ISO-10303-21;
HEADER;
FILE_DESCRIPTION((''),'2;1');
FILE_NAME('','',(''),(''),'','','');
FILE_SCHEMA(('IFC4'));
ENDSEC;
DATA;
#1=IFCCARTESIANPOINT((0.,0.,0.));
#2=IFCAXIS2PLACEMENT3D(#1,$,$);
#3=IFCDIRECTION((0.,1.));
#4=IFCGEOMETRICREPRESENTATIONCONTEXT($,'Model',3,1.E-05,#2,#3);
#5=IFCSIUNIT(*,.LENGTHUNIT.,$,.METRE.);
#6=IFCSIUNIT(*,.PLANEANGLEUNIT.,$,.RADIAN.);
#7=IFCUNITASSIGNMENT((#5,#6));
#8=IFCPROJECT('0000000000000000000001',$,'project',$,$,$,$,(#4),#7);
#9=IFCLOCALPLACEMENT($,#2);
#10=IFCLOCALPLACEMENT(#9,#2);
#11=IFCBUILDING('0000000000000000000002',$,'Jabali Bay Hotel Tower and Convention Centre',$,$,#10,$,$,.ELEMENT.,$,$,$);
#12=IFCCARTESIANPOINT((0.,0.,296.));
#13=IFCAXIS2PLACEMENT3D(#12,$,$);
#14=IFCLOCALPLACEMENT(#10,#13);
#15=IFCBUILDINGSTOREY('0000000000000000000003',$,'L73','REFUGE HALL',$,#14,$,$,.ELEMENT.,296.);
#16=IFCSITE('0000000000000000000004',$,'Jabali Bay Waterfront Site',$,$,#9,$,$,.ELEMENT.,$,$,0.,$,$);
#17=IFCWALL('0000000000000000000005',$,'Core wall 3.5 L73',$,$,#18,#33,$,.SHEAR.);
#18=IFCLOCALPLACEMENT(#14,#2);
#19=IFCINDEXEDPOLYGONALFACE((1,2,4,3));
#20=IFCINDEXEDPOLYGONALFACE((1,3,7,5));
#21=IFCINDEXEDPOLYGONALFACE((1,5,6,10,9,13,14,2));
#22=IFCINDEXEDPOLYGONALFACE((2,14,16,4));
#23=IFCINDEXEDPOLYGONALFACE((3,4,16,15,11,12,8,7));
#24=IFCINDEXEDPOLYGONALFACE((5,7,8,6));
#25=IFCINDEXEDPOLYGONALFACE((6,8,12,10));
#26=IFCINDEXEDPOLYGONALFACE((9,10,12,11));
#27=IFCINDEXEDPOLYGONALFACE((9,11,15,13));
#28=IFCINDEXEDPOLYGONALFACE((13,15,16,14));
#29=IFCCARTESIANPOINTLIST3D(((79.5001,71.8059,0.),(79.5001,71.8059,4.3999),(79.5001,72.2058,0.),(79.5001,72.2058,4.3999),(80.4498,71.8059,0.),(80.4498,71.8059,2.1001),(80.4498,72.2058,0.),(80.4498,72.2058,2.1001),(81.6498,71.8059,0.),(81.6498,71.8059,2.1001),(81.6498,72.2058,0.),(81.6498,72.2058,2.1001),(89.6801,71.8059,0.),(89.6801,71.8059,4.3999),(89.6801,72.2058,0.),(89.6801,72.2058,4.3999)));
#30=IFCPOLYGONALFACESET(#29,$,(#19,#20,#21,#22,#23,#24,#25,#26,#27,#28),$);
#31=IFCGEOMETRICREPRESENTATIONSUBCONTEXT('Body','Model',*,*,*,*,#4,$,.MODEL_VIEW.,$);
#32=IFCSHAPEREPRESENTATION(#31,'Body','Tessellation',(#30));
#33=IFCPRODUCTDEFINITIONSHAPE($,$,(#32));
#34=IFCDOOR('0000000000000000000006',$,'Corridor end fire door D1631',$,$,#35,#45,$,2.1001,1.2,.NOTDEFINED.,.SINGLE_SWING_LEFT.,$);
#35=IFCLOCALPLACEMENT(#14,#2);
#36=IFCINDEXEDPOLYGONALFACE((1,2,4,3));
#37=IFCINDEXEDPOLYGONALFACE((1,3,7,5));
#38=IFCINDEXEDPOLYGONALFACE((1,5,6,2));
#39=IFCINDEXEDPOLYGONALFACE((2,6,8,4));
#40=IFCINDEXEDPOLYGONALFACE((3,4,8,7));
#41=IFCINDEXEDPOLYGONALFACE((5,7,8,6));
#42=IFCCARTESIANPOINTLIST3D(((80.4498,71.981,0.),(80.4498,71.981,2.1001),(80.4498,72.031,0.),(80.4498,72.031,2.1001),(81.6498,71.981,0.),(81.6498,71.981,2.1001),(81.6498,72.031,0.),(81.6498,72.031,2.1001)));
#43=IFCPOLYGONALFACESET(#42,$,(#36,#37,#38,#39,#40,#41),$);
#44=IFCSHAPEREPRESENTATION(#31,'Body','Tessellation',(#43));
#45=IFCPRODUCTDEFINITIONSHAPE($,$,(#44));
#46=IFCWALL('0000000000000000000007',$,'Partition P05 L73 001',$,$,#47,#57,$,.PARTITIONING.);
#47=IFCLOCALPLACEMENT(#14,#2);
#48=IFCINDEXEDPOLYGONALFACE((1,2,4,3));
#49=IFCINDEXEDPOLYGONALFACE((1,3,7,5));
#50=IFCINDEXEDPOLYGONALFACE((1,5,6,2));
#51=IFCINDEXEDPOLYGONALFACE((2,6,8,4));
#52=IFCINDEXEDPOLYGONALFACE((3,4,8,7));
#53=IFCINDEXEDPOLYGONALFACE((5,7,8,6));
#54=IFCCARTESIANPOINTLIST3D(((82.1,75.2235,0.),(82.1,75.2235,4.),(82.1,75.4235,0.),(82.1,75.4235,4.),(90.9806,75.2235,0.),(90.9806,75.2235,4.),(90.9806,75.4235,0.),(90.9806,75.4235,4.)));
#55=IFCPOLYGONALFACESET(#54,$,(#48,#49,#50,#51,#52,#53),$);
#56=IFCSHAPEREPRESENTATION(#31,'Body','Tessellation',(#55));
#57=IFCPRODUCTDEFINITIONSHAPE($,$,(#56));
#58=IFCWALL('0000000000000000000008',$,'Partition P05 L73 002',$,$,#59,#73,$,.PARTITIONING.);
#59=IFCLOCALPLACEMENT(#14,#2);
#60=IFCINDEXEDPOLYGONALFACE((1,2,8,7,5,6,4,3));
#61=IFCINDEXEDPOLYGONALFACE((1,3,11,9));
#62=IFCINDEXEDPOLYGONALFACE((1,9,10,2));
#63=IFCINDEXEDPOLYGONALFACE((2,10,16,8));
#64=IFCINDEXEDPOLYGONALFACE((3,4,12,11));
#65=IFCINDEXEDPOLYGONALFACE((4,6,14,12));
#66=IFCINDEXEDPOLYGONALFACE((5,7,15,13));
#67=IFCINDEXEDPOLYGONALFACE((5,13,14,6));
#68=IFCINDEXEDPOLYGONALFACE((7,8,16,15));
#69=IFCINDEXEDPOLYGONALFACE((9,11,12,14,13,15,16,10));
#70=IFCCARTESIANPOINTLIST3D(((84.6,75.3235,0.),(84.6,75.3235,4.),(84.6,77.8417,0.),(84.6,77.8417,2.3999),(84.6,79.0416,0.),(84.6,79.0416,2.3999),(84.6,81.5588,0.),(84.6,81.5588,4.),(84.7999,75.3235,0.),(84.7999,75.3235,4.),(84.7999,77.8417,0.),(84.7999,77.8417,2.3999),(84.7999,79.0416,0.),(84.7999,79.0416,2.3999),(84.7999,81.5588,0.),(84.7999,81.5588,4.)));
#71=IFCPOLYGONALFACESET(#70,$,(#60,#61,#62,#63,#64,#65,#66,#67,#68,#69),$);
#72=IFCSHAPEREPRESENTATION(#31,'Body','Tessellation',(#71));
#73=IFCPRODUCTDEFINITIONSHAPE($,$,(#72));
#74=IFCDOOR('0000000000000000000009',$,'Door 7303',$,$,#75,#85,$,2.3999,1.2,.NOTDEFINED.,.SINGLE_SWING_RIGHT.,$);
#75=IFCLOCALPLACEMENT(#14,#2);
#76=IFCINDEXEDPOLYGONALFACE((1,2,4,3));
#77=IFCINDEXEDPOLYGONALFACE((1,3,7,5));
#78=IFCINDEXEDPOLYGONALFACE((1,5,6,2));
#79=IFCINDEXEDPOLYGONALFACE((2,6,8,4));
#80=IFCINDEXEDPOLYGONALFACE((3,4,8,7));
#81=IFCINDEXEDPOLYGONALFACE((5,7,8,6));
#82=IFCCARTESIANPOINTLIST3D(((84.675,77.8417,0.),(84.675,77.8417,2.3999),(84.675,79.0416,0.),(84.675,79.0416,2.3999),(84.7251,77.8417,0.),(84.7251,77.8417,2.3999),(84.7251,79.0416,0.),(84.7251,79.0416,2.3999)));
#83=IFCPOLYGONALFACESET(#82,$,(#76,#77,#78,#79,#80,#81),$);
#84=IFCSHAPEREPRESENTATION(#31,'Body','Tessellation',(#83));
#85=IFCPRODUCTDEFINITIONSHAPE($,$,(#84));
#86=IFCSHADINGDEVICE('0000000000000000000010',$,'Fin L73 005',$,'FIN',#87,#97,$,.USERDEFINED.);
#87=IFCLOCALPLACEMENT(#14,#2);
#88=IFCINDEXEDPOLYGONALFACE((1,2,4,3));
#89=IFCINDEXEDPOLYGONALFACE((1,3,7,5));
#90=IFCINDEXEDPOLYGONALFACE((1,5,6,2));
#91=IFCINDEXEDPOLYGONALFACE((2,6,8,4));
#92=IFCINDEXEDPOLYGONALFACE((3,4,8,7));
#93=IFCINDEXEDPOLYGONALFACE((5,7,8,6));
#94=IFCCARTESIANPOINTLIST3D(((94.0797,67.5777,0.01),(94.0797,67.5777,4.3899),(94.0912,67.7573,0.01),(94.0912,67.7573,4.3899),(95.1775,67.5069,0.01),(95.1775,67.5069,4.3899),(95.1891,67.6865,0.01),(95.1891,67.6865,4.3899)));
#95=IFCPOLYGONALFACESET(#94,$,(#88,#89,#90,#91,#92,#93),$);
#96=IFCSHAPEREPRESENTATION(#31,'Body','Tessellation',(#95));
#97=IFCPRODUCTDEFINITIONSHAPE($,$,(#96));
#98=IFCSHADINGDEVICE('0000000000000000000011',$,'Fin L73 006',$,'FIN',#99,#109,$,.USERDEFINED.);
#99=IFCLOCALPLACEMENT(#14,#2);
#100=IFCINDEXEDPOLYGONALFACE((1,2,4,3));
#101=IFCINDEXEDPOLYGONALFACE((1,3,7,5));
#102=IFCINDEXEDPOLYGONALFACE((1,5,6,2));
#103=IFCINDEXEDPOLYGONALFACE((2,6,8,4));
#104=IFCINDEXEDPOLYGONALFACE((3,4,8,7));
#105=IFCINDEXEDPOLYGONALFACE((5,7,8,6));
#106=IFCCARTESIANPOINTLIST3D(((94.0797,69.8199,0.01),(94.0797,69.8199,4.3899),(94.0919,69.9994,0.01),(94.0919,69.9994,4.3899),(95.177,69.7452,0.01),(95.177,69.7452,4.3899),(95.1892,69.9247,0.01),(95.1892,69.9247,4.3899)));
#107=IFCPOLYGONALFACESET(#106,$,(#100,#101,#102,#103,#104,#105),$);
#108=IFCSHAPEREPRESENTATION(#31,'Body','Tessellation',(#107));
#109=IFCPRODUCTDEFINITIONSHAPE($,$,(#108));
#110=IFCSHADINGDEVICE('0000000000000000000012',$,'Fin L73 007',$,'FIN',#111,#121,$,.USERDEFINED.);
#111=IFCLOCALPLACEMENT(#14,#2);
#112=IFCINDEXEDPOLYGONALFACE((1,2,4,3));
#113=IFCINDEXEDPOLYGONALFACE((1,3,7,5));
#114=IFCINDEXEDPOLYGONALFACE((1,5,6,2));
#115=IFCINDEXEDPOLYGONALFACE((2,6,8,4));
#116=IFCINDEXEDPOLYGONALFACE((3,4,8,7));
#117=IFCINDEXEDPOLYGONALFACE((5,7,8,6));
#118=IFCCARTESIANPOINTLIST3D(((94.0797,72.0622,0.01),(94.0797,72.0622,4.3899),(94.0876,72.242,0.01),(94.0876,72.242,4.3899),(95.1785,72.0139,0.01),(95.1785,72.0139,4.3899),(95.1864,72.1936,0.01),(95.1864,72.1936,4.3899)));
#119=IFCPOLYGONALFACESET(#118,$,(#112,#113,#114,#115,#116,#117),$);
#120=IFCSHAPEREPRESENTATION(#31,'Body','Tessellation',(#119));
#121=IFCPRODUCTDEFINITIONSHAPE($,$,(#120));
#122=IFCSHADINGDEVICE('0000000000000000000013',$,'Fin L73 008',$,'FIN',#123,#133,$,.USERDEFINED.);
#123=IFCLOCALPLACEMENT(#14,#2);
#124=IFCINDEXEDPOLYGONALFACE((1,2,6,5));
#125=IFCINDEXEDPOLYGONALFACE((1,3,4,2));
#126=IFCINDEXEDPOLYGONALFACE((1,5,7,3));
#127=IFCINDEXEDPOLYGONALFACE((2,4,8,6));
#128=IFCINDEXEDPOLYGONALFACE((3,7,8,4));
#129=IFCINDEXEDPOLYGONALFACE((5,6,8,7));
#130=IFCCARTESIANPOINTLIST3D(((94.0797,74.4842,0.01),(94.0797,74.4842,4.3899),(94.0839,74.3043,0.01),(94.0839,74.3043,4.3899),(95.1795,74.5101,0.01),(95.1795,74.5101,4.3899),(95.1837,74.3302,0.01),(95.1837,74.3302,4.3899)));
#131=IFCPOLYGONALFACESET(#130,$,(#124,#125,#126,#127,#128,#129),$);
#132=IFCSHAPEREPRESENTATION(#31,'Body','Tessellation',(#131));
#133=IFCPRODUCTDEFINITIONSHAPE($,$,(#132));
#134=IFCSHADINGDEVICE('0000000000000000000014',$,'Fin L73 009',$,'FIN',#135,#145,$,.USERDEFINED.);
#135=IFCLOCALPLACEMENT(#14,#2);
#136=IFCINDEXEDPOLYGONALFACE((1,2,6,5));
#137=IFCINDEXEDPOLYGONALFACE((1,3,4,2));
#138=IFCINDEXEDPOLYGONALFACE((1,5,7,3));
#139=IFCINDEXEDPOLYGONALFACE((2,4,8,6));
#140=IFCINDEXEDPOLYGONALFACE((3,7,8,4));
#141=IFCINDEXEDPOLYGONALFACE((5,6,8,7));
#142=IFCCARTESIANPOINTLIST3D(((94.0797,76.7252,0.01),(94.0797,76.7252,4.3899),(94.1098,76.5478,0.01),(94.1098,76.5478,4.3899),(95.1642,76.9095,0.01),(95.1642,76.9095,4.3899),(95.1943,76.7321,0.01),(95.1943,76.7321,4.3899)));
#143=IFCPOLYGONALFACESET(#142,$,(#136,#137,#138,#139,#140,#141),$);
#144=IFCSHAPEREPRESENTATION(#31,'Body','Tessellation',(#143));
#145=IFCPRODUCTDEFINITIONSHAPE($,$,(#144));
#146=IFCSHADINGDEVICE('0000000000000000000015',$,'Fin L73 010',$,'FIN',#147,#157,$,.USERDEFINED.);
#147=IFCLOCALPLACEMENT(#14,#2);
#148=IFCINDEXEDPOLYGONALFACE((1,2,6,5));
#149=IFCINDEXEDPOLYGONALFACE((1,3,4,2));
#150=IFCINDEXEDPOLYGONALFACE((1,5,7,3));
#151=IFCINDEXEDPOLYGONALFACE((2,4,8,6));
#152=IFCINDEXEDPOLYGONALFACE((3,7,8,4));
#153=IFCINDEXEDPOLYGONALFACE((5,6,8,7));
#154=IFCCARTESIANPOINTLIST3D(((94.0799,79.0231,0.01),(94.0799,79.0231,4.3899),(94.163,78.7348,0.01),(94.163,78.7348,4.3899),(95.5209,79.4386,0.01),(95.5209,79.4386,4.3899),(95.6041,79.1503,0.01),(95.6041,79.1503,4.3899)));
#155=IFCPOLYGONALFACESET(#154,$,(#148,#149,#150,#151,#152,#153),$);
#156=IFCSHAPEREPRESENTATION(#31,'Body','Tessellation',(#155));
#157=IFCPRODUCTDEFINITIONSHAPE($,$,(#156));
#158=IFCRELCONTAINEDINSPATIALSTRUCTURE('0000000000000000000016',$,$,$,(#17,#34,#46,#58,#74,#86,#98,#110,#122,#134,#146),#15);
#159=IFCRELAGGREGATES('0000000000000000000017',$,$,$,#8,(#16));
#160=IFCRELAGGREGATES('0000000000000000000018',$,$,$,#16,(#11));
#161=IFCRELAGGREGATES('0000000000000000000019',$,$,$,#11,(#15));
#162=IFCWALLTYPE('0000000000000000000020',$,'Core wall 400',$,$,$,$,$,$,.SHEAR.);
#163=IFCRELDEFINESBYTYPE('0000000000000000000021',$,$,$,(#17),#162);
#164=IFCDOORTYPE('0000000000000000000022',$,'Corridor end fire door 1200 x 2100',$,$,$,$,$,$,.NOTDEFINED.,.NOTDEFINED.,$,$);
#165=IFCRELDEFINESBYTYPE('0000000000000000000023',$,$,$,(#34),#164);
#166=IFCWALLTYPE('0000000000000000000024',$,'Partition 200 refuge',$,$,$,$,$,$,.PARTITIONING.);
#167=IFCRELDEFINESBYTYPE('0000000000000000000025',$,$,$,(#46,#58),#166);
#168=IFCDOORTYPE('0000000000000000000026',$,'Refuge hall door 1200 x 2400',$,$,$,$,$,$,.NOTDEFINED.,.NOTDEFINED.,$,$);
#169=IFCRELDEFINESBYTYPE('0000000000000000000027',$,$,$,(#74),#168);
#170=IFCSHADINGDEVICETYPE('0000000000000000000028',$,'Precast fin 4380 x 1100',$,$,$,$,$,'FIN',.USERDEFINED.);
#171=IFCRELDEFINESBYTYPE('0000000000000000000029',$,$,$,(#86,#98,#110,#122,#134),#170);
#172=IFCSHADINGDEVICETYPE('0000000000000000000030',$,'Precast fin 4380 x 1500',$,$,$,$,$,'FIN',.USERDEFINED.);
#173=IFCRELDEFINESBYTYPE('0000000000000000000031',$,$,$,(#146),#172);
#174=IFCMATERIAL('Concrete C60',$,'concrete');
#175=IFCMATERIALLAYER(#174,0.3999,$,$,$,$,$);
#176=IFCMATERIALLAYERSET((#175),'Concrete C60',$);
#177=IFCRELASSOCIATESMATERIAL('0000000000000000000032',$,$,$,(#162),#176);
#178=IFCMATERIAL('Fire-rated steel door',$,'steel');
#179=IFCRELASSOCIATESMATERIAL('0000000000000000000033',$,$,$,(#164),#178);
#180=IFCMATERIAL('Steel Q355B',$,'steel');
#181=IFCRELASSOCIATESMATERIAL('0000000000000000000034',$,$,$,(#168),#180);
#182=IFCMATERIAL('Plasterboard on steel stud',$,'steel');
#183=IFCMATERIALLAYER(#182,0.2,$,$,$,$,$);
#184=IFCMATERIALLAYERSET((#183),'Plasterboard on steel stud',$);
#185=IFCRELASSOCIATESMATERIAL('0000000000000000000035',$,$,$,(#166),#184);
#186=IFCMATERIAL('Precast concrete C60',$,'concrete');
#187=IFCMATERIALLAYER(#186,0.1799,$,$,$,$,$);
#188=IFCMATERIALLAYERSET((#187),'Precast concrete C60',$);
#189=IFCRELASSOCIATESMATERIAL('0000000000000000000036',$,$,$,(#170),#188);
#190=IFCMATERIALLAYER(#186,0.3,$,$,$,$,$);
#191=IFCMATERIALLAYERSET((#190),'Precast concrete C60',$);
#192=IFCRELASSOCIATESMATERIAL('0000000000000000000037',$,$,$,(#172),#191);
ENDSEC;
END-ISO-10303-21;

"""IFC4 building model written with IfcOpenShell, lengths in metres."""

from ifc_helpers import new_model, si_unit, direction, frame, frame_2d, origin, place, context, subcontext, project, spatial, rectangle, extrude, material, layer, layer_set, type_object, element, fill, save


model = new_model("IFC4")

# Units and contexts
model_context = context("Model", 3, precision=1e-05, world=origin(), true_north=direction((0.0, 1.0)))
body_context = subcontext(model_context, "Body", "Model", "MODEL_VIEW")
ifc_project = project(units=[si_unit("LENGTHUNIT", "METRE"), si_unit("PLANEANGLEUNIT", "RADIAN")], contexts=[model_context])

# Site, building, storey
site_placement = place(None, origin())
site = spatial("IfcSite", under=ifc_project, at=site_placement, Name="Jabali Bay Waterfront Site", CompositionType="ELEMENT", RefElevation=0.0)
building_placement = place(site_placement, origin())
building = spatial("IfcBuilding", under=site, at=building_placement, Name="Jabali Bay Hotel Tower and Convention Centre", CompositionType="ELEMENT")
storey_placement = place(building_placement, frame((0.0, 0.0, 296.0)))
storey = spatial("IfcBuildingStorey", under=building, at=storey_placement, Name="L73", Description="REFUGE HALL", CompositionType="ELEMENT", Elevation=296.0)

# Shared definitions
ifc_material_1 = material(Name="Concrete C60", Category="concrete")

# Shared definitions
ifc_material_2 = material(Name="Fire-rated steel door", Category="steel")

# Wall, opening, door
ifc_layer_1 = layer(ifc_material_1, 0.3999)
ifc_layer_set_1 = layer_set([ifc_layer_1], Name="Concrete C60")
wall_type_1 = type_object("IfcWallType", Name="Core wall 400", PredefinedType="SHEAR", material=ifc_layer_set_1)
wall_1_placement = place(storey_placement, frame((89.6799, 72.0059, 0.0), z_axis=(0.0, 0.0, 1.0), x_axis=(-1.0, 0.0, 0.0)))
wall_1 = element("IfcWall", 1, at=wall_1_placement, inside=storey, type_object=wall_type_1, Name="Core wall 3.5 L73", PredefinedType="SHEAR", context=body_context, shape_type="SweptSolid", body=[
    extrude(rectangle(XDim=10.1799, YDim=0.3999, at=frame_2d((5.0898, 0.0))), origin(), (0.0, 0.0, 1.0), 4.3999),
])
opening_1_placement = place(wall_1_placement, frame((8.03, 0.0, 0.0)))
opening_1 = element("IfcOpeningElement", 2, at=opening_1_placement, cuts=wall_1, PredefinedType="OPENING", context=body_context, shape_type="SweptSolid", body=[
    extrude(rectangle(XDim=1.2, YDim=2.1001, at=frame_2d((0.6001, 1.05))), frame((0.0, 0.2104, 0.0), z_axis=(0.0, -1.0, 0.0), x_axis=(1.0, 0.0, 0.0)), (0.0, 0.0, 1.0), 0.4209),
])
door_type_1 = type_object("IfcDoorType", Name="Corridor end fire door 1200 x 2100", OperationType="NOTDEFINED", PredefinedType="NOTDEFINED", material=ifc_material_2)
door_1_placement = place(opening_1_placement, origin())
door_1 = element("IfcDoor", 3, at=door_1_placement, inside=storey, type_object=door_type_1, Name="Corridor end fire door D1631", OperationType="SINGLE_SWING_LEFT", OverallHeight=2.1001, OverallWidth=1.2, PredefinedType="NOTDEFINED", context=body_context, shape_type="SweptSolid", body=[
    extrude(rectangle(XDim=1.2, YDim=2.1001, at=frame_2d((0.6001, 1.05))), frame((0.0, 0.0249, 0.0), z_axis=(0.0, -1.0, 0.0), x_axis=(1.0, 0.0, 0.0)), (0.0, 0.0, 1.0), 0.05),
])
fill(opening_1, door_1)

# Shared definitions
ifc_material_3 = material(Name="Steel Q355B", Category="steel")
door_type_2 = type_object("IfcDoorType", Name="Refuge hall door 1200 x 2400", OperationType="NOTDEFINED", PredefinedType="NOTDEFINED", material=ifc_material_3)

# Wall
ifc_material_4 = material(Name="Plasterboard on steel stud", Category="steel")
ifc_layer_2 = layer(ifc_material_4, 0.2)
ifc_layer_set_2 = layer_set([ifc_layer_2], Name="Plasterboard on steel stud")
wall_type_2 = type_object("IfcWallType", Name="Partition 200 refuge", PredefinedType="PARTITIONING", material=ifc_layer_set_2)
wall_2_placement = place(storey_placement, frame((90.9807, 75.3235, 0.0), z_axis=(0.0, 0.0, 1.0), x_axis=(-1.0, 0.0, 0.0)))
element("IfcWall", 4, at=wall_2_placement, inside=storey, type_object=wall_type_2, Name="Partition P05 L73 001", PredefinedType="PARTITIONING", context=body_context, shape_type="SweptSolid", body=[
    extrude(rectangle(XDim=8.8806, YDim=0.2, at=frame_2d((4.4404, 0.0))), origin(), (0.0, 0.0, 1.0), 4.0),
])

# Wall, opening, door
wall_3_placement = place(storey_placement, frame((84.7, 75.3235, 0.0), z_axis=(0.0, 0.0, 1.0), x_axis=(0.0, 1.0, 0.0)))
wall_3 = element("IfcWall", 5, at=wall_3_placement, inside=storey, type_object=wall_type_2, Name="Partition P05 L73 002", PredefinedType="PARTITIONING", context=body_context, shape_type="SweptSolid", body=[
    extrude(rectangle(XDim=6.2354, YDim=0.2, at=frame_2d((3.1177, 0.0))), origin(), (0.0, 0.0, 1.0), 4.0),
])
opening_2_placement = place(wall_3_placement, frame((2.5181, 0.0, 0.0)))
opening_2 = element("IfcOpeningElement", 6, at=opening_2_placement, cuts=wall_3, PredefinedType="OPENING", context=body_context, shape_type="SweptSolid", body=[
    extrude(rectangle(XDim=1.2, YDim=2.3999, at=frame_2d((0.6001, 1.2))), frame((0.0, 0.1104, 0.0), z_axis=(0.0, -1.0, 0.0), x_axis=(1.0, 0.0, 0.0)), (0.0, 0.0, 1.0), 0.2209),
])
door_2_placement = place(opening_2_placement, origin())
door_2 = element("IfcDoor", 7, at=door_2_placement, inside=storey, type_object=door_type_2, Name="Door 7303", OperationType="SINGLE_SWING_RIGHT", OverallHeight=2.3999, OverallWidth=1.2, PredefinedType="NOTDEFINED", context=body_context, shape_type="SweptSolid", body=[
    extrude(rectangle(XDim=1.2, YDim=2.3999, at=frame_2d((0.6001, 1.2))), frame((0.0, 0.0249, 0.0), z_axis=(0.0, -1.0, 0.0), x_axis=(1.0, 0.0, 0.0)), (0.0, 0.0, 1.0), 0.05),
])
fill(opening_2, door_2)

# Shading devices
ifc_material_5 = material(Name="Precast concrete C60", Category="concrete")
ifc_layer_3 = layer(ifc_material_5, 0.1799)
ifc_layer_set_3 = layer_set([ifc_layer_3], Name="Precast concrete C60")
shading_device_type_1 = type_object("IfcShadingDeviceType", Name="Precast fin 4380 x 1100", ElementType="FIN", PredefinedType="USERDEFINED", material=ifc_layer_set_3)
shading_device_1_placement = place(storey_placement, frame((94.0854, 67.6675, 0.01), z_axis=(0.0, 0.0, 1.0), x_axis=(0.997927, -0.064354, 0.0)))
element("IfcShadingDevice", 8, at=shading_device_1_placement, inside=storey, type_object=shading_device_type_1, Name="Fin L73 005", ObjectType="FIN", PredefinedType="USERDEFINED", context=body_context, shape_type="SweptSolid", body=[
    extrude(rectangle(XDim=1.1001, YDim=0.1799, at=frame_2d((0.55, 0.0))), origin(), (0.0, 0.0, 1.0), 4.3799),
])
for number, where, z_axis, x_axis, name in (
    (9, (94.0859, 69.9097, 0.01), (0.0, 0.0, 1.0), (0.997691, -0.067918, 0.0), "Fin L73 006"),
    (10, (94.0837, 72.1521, 0.01), (0.0, 0.0, 1.0), (0.999034, -0.043948, 0.0), "Fin L73 007"),
):
    element("IfcShadingDevice", number, at=place(storey_placement, frame(where, z_axis=z_axis, x_axis=x_axis)), inside=storey, type_object=shading_device_type_1, Name=name, ObjectType="FIN", PredefinedType="USERDEFINED", context=body_context, shape_type="SweptSolid", body=[
        extrude(rectangle(XDim=1.0999, YDim=0.1799, at=frame_2d((0.5498, 0.0))), origin(), (0.0, 0.0, 1.0), 4.3799),
    ])
for number, where, z_axis, x_axis, name in (
    (11, (94.0818, 74.3943, 0.01), (0.0, 0.0, 1.0), (0.999723, 0.023523, 0.0), "Fin L73 008"),
    (12, (94.0947, 76.6365, 0.01), (0.0, 0.0, 1.0), (0.985861, 0.167565, 0.0), "Fin L73 009"),
):
    element("IfcShadingDevice", number, at=place(storey_placement, frame(where, z_axis=z_axis, x_axis=x_axis)), inside=storey, type_object=shading_device_type_1, Name=name, ObjectType="FIN", PredefinedType="USERDEFINED", context=body_context, shape_type="SweptSolid", body=[
        extrude(rectangle(XDim=1.1001, YDim=0.1799, at=frame_2d((0.55, 0.0))), origin(), (0.0, 0.0, 1.0), 4.3799),
    ])
ifc_layer_4 = layer(ifc_material_5, 0.3)
ifc_layer_set_4 = layer_set([ifc_layer_4], Name="Precast concrete C60")
shading_device_type_2 = type_object("IfcShadingDeviceType", Name="Precast fin 4380 x 1500", ElementType="FIN", PredefinedType="USERDEFINED", material=ifc_layer_set_4)
shading_device_2_placement = place(storey_placement, frame((94.1213, 78.8789, 0.01), z_axis=(0.0, 0.0, 1.0), x_axis=(0.960858, 0.277042, 0.0)))
element("IfcShadingDevice", 13, at=shading_device_2_placement, inside=storey, type_object=shading_device_type_2, Name="Fin L73 010", ObjectType="FIN", PredefinedType="USERDEFINED", context=body_context, shape_type="SweptSolid", body=[
    extrude(rectangle(XDim=1.4998, YDim=0.3, at=frame_2d((0.75, 0.0))), origin(), (0.0, 0.0, 1.0), 4.3799),
])

save(model, "model.ifc")
